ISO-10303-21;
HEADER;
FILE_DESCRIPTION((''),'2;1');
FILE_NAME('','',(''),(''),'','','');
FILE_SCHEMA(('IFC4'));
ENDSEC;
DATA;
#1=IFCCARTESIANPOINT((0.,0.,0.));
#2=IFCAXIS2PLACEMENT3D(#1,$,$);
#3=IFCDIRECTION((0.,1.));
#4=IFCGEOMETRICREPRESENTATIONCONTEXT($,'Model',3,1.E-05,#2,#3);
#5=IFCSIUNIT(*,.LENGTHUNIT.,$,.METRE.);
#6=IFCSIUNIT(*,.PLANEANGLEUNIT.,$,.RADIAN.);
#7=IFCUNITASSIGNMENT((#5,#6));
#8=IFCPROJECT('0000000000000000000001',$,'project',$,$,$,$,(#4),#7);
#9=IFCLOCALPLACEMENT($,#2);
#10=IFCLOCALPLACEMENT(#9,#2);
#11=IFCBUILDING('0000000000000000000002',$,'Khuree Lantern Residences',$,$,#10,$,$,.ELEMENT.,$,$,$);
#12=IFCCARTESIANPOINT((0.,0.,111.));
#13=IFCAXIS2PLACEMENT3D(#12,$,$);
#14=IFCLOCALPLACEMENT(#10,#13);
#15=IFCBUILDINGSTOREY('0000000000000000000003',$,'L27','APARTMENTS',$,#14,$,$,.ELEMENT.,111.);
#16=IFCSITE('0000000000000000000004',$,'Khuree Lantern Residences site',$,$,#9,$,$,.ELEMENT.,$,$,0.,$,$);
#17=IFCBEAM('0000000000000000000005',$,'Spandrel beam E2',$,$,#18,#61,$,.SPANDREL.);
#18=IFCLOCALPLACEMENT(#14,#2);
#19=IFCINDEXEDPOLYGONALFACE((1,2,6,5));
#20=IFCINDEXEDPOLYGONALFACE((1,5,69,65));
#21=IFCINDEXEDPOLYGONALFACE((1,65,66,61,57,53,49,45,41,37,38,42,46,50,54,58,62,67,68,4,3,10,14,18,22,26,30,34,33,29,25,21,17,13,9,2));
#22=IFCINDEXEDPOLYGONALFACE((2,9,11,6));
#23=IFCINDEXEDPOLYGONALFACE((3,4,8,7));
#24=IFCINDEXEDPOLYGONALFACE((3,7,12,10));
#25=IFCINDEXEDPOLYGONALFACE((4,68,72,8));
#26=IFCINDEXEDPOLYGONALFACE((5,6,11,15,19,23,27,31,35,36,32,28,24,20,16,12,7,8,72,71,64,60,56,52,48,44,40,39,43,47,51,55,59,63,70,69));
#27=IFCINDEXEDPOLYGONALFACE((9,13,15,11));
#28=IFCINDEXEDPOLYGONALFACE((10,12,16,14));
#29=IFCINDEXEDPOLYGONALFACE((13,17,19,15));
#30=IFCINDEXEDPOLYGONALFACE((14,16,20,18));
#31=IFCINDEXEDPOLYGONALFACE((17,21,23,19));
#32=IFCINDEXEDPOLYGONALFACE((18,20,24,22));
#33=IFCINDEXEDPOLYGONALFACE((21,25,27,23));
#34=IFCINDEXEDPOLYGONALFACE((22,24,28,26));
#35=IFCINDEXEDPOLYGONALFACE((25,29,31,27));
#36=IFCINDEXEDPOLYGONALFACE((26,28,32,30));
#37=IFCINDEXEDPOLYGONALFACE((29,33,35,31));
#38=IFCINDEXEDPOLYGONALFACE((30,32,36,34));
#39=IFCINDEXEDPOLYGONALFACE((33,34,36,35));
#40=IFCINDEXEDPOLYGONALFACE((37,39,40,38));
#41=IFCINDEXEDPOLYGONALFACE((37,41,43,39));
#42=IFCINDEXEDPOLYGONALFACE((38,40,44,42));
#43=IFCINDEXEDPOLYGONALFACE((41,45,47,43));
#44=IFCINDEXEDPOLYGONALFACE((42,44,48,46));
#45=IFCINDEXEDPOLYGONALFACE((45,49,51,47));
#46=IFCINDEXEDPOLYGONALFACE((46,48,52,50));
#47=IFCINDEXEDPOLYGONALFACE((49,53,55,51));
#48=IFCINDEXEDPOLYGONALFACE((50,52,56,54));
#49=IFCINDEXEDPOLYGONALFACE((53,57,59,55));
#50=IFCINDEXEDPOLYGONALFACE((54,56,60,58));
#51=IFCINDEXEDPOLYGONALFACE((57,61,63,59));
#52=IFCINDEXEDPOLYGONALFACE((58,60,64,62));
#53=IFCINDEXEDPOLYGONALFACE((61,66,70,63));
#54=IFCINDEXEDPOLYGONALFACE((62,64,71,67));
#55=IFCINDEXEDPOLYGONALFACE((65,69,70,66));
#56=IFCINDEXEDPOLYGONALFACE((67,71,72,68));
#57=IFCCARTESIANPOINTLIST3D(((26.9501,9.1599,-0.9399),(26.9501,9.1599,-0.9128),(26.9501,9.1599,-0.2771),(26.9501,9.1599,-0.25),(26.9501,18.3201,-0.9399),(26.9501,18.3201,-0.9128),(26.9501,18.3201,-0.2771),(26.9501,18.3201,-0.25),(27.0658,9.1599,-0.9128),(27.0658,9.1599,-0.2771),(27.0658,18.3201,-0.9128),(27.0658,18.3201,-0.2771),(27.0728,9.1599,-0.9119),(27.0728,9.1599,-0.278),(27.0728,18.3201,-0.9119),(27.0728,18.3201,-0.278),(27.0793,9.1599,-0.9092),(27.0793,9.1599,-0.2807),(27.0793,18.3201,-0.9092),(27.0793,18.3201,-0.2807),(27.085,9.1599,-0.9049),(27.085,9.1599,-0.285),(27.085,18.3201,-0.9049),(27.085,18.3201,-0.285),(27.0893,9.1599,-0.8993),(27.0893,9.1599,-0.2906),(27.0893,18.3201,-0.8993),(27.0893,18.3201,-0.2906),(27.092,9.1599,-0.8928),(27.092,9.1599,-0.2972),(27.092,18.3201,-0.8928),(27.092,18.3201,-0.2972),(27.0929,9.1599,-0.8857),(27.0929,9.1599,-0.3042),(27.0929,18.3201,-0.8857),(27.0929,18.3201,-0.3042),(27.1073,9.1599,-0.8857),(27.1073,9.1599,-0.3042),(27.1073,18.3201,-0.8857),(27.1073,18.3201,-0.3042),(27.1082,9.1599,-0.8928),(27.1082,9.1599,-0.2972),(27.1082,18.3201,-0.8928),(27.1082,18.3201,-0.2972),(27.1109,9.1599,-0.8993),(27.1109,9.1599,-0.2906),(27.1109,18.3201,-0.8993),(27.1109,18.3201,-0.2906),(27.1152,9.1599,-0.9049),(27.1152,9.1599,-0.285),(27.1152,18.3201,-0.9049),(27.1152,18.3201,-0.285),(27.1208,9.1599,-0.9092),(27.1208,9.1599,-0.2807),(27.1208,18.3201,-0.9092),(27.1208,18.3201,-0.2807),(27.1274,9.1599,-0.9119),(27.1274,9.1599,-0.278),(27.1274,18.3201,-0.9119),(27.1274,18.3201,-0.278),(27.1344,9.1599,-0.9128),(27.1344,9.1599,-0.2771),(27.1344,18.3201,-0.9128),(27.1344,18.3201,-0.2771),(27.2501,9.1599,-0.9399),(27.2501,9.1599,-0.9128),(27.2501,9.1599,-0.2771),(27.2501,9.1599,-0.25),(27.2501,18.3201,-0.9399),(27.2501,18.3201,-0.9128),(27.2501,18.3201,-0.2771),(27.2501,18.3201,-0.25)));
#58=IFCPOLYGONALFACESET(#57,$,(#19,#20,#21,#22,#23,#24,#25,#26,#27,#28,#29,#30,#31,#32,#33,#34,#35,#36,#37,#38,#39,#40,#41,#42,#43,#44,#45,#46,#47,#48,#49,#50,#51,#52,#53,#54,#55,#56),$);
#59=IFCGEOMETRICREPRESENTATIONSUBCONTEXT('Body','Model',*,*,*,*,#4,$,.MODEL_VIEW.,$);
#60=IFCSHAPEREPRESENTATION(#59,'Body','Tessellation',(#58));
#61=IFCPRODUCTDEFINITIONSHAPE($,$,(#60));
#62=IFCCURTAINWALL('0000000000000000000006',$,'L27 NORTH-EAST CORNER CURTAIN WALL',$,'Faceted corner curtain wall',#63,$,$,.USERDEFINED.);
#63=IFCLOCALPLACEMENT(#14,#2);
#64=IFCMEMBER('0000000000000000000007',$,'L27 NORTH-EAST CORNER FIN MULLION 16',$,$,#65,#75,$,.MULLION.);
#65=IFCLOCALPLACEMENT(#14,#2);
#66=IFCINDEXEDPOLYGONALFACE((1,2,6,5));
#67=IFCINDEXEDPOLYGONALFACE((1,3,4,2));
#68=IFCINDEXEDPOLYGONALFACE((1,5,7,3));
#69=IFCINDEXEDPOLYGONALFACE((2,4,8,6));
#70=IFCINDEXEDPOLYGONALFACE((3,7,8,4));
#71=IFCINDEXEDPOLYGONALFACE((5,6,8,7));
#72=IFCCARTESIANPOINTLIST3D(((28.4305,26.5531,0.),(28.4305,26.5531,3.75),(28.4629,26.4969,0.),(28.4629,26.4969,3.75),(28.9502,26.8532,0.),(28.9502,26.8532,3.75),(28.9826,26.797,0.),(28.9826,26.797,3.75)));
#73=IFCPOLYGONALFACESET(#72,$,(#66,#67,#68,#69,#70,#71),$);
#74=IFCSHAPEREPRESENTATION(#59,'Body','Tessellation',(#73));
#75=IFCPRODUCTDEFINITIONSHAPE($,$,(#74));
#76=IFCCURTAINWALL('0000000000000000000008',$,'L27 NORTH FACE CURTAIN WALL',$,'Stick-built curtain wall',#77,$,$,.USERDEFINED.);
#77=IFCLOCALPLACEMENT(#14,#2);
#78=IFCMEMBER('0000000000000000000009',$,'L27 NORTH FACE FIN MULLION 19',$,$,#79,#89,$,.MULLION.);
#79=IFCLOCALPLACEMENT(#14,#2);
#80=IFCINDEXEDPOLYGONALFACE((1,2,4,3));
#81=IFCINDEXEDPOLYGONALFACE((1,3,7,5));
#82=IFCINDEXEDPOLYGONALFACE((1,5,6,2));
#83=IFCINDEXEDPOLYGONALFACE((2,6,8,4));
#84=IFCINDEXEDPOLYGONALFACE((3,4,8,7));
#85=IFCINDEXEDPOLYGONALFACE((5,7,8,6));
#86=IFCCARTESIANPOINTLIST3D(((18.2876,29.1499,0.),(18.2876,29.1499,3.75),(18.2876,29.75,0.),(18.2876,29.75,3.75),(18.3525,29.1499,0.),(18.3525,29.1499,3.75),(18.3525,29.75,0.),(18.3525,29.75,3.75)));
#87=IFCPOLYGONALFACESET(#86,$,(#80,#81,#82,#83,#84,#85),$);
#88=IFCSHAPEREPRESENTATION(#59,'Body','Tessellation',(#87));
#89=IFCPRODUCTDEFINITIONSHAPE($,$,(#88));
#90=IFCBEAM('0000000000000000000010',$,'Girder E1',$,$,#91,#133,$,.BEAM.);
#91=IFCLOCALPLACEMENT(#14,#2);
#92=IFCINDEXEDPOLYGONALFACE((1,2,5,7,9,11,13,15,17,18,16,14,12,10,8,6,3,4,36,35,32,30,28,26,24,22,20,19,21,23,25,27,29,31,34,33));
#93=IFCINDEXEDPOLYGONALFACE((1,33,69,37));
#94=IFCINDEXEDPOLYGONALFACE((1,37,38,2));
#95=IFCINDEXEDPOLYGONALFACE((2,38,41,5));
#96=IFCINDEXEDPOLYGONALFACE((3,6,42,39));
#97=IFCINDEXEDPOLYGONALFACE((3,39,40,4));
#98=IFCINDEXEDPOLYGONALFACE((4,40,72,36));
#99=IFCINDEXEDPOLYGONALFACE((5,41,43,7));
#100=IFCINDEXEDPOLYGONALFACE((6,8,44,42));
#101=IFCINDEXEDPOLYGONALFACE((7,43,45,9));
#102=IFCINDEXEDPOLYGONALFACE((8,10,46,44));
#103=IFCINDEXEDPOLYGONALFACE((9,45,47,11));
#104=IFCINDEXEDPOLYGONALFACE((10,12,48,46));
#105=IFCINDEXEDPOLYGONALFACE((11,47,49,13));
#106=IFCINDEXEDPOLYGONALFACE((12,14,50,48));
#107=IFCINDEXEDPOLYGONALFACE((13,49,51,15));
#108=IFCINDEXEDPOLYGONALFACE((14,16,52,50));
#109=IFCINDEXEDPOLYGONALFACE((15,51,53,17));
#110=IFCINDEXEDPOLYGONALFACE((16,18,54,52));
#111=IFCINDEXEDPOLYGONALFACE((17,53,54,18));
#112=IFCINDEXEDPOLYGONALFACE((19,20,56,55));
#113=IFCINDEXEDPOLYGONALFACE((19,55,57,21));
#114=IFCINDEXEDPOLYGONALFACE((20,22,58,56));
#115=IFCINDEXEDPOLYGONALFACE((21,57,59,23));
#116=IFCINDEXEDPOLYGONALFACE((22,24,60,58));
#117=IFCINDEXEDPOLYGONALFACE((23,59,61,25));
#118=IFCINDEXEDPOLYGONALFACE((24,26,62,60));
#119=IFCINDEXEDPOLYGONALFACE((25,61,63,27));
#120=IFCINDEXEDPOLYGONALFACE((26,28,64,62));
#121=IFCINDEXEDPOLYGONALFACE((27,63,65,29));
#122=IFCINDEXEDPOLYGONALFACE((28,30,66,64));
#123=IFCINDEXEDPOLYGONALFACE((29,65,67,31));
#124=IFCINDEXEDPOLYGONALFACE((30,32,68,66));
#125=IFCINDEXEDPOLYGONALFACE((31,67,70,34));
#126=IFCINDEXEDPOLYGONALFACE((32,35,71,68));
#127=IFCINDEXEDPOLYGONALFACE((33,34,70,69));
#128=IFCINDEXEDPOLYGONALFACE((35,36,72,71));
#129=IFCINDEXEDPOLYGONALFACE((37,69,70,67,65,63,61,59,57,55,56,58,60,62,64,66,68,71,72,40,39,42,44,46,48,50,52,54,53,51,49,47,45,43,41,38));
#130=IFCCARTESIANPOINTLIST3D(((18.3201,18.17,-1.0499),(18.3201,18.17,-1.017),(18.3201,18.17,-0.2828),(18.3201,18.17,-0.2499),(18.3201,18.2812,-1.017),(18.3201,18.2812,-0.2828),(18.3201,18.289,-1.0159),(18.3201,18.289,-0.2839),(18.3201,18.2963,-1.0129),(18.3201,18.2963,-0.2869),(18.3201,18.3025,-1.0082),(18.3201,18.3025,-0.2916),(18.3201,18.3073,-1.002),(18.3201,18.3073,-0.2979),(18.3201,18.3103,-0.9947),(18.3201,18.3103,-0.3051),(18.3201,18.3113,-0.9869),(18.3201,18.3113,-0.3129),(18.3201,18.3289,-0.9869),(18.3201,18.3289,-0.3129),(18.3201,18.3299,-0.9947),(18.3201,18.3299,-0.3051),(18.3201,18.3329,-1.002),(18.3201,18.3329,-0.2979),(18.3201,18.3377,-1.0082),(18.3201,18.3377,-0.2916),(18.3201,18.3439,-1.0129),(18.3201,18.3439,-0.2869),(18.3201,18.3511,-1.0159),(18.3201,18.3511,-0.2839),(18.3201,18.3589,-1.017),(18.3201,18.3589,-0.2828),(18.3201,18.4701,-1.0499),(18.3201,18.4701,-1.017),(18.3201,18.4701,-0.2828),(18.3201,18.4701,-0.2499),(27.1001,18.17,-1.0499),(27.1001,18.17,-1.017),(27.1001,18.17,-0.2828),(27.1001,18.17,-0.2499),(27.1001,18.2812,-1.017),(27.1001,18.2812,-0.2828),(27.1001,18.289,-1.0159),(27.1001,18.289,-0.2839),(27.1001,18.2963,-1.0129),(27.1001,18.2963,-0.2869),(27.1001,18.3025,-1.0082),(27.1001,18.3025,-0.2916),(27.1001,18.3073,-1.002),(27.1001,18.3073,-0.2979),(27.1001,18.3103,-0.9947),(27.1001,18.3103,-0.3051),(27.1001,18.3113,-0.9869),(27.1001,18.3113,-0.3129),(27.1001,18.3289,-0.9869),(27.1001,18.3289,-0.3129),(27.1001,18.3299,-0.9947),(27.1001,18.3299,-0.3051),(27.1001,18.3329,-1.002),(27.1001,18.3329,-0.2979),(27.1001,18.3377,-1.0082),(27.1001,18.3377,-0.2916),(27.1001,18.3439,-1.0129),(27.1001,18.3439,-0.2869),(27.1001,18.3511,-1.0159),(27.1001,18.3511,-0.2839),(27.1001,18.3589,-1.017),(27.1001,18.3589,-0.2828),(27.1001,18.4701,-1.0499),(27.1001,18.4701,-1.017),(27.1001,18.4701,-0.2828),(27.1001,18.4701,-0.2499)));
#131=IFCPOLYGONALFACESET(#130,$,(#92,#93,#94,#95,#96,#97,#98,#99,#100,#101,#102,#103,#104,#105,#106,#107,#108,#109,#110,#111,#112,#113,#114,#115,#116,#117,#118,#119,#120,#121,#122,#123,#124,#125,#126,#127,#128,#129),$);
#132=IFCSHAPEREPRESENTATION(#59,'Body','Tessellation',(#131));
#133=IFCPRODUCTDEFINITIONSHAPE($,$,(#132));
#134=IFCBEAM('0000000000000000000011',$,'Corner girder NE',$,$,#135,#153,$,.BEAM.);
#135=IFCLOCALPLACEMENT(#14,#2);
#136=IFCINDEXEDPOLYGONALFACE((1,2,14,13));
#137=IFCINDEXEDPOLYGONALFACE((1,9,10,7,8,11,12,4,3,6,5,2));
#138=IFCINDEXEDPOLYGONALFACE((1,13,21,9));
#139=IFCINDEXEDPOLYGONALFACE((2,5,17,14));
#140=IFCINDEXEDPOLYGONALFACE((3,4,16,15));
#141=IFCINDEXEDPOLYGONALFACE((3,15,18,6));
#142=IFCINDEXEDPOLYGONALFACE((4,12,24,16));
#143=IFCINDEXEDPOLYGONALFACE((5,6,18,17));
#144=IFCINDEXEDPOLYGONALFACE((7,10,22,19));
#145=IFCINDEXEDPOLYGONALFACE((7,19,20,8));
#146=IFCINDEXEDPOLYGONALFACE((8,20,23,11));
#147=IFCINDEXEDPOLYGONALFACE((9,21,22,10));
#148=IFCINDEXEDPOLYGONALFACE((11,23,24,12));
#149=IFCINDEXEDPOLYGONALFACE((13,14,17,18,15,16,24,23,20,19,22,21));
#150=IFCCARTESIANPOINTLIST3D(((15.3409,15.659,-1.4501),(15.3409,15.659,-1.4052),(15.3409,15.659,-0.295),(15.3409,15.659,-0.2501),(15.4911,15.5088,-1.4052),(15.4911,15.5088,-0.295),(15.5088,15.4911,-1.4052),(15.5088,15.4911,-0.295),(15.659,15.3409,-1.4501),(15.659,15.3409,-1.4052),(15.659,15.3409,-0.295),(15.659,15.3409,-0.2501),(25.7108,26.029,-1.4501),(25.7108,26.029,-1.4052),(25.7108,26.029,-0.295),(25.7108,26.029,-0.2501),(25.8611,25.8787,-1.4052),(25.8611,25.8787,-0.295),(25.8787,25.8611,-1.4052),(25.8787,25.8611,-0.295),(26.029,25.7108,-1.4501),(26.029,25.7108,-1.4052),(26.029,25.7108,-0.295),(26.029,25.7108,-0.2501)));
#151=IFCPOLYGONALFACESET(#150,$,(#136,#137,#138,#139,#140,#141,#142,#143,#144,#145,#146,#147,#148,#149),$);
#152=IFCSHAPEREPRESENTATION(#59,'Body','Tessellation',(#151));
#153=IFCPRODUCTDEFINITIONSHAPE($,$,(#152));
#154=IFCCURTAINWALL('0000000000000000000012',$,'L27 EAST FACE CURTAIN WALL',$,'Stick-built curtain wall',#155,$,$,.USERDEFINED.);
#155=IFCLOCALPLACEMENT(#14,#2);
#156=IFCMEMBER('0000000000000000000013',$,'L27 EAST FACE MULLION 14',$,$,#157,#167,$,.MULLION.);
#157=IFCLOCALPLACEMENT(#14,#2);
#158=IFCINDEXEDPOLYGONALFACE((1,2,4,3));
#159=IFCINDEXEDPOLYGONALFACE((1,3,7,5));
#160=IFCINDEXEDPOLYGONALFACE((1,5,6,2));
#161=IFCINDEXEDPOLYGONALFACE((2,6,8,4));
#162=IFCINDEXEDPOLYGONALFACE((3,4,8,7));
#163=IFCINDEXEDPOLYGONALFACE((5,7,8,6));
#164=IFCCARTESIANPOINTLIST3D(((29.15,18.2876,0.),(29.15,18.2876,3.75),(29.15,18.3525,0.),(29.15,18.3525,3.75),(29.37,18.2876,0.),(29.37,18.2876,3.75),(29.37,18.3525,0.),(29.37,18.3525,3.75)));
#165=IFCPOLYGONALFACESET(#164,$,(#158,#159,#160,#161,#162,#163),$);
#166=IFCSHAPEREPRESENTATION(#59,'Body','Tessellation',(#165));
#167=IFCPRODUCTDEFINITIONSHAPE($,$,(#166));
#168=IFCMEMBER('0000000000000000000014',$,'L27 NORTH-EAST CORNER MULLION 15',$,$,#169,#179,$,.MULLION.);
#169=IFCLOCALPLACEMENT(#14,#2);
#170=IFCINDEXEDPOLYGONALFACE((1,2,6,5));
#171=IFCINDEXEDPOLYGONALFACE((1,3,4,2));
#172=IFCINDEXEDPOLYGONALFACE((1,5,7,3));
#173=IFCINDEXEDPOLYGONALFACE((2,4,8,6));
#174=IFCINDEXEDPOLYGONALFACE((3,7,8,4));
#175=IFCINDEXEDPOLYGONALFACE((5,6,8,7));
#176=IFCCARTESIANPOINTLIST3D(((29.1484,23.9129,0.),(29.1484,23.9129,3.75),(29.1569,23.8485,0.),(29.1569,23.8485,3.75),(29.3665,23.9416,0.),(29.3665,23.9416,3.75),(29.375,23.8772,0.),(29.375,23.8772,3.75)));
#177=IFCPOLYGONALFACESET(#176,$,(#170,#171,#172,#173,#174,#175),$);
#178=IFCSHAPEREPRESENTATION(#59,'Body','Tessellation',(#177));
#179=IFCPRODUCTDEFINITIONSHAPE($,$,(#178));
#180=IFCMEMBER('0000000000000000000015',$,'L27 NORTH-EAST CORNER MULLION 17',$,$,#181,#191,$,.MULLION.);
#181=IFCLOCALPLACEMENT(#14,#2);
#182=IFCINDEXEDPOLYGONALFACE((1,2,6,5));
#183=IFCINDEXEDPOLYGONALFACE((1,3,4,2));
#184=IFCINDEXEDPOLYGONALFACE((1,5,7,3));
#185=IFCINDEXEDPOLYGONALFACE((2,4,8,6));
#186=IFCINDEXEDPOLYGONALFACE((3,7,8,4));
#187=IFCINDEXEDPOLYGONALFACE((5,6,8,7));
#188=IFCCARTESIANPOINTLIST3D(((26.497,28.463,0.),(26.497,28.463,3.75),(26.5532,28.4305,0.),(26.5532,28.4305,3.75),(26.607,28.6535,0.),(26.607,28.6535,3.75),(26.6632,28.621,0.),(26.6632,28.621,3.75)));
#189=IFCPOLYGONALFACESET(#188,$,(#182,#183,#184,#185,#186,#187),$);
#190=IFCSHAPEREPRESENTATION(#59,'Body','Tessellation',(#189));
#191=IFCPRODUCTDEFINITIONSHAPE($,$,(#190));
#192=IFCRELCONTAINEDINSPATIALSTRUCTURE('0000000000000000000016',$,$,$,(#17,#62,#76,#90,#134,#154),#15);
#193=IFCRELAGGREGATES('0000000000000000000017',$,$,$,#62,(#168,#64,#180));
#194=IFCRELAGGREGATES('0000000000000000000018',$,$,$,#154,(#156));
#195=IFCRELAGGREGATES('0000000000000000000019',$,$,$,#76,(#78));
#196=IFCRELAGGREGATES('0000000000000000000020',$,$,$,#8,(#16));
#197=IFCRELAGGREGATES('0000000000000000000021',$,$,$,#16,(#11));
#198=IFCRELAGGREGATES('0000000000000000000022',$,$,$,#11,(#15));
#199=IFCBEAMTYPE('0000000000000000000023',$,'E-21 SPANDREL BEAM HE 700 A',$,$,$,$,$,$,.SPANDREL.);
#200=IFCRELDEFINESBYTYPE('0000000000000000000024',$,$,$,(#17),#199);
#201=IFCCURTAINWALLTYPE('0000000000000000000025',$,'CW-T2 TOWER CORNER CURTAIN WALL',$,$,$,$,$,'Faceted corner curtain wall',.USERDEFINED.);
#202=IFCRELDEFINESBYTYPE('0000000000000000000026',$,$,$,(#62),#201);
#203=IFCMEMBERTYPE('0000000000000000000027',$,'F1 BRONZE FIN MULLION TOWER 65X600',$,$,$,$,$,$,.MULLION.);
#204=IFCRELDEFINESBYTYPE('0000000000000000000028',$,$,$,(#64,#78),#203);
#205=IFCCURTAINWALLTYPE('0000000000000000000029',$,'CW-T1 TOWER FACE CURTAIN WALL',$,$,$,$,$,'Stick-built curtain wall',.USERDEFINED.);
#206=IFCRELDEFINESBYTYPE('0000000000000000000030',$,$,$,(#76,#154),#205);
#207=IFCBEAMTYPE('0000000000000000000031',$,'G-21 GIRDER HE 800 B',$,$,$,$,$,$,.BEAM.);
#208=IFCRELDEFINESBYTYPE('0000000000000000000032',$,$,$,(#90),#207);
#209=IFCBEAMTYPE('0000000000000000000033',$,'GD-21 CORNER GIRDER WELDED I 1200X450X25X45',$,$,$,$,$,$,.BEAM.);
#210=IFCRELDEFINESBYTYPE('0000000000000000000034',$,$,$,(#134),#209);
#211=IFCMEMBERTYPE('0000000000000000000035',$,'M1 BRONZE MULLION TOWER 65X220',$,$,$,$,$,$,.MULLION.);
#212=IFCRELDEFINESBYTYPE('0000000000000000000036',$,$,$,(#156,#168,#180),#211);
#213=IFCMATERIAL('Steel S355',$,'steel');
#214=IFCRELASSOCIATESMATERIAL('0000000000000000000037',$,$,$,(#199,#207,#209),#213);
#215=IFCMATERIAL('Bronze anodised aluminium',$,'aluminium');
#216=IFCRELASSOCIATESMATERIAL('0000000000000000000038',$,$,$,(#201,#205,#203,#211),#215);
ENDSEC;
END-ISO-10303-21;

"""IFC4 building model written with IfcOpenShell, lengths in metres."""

from ifc_helpers import new_model, si_unit, direction, frame, origin, origin_2d, place, context, subcontext, project, spatial, rectangle, i_section, extrude, material, material_profile, profile_set, type_object, element, aggregate, save


model = new_model("IFC4")

# Units and contexts
model_context = context("Model", 3, precision=1e-05, world=origin(), true_north=direction((0.0, 1.0)))
body_context = subcontext(model_context, "Body", "Model", "MODEL_VIEW")
ifc_project = project(units=[si_unit("LENGTHUNIT", "METRE"), si_unit("PLANEANGLEUNIT", "RADIAN")], contexts=[model_context])

# Site, building, storey
site_placement = place(None, origin())
site = spatial("IfcSite", under=ifc_project, at=site_placement, Name="Khuree Lantern Residences site", CompositionType="ELEMENT", RefElevation=0.0)
building_placement = place(site_placement, origin())
building = spatial("IfcBuilding", under=site, at=building_placement, Name="Khuree Lantern Residences", CompositionType="ELEMENT")
storey_placement = place(building_placement, frame((0.0, 0.0, 111.0)))
storey = spatial("IfcBuildingStorey", under=building, at=storey_placement, Name="L27", Description="APARTMENTS", CompositionType="ELEMENT", Elevation=111.0)

# Beam
ifc_material_1 = material(Name="Steel S355", Category="steel")
ifc_material_profile_1 = material_profile(ifc_material_1, i_section(OverallWidth=0.3, OverallDepth=0.6899, WebThickness=0.0144, FlangeThickness=0.0271, FilletRadius=0.0271, at=origin_2d()), Name="HE 700 A")
ifc_profile_set_1 = profile_set([ifc_material_profile_1], Name="Steel S355")
beam_type_1 = type_object("IfcBeamType", Name="E-21 SPANDREL BEAM HE 700 A", PredefinedType="SPANDREL", material=ifc_profile_set_1)
beam_1_placement = place(storey_placement, frame((27.1001, 18.3201, -0.595), z_axis=(0.0, -1.0, 0.0), x_axis=(1.0, 0.0, 0.0)))
element("IfcBeam", 1, at=beam_1_placement, inside=storey, type_object=beam_type_1, Name="Spandrel beam E2", PredefinedType="SPANDREL", context=body_context, shape_type="SweptSolid", body=[
    extrude(i_section(OverallWidth=0.3, OverallDepth=0.6899, WebThickness=0.0144, FlangeThickness=0.0271, FilletRadius=0.0271, at=origin_2d()), origin(), (0.0, 0.0, 1.0), 9.1602),
])

# Curtain walls, members
ifc_material_2 = material(Name="Bronze anodised aluminium", Category="aluminium")
curtain_wall_type_1 = type_object("IfcCurtainWallType", Name="CW-T2 TOWER CORNER CURTAIN WALL", ElementType="Faceted corner curtain wall", PredefinedType="USERDEFINED", material=ifc_material_2)
curtain_wall_1_placement = place(storey_placement, origin())
curtain_wall_1 = element("IfcCurtainWall", 2, at=curtain_wall_1_placement, inside=storey, type_object=curtain_wall_type_1, Name="L27 NORTH-EAST CORNER CURTAIN WALL", ObjectType="Faceted corner curtain wall", PredefinedType="USERDEFINED")
ifc_material_profile_2 = material_profile(ifc_material_2, rectangle(XDim=0.0649, YDim=0.6001, at=origin_2d()), Name="F1 65X600")
ifc_profile_set_2 = profile_set([ifc_material_profile_2], Name="Bronze anodised aluminium")
member_type_1 = type_object("IfcMemberType", Name="F1 BRONZE FIN MULLION TOWER 65X600", PredefinedType="MULLION", material=ifc_profile_set_2)
member_1_placement = place(storey_placement, frame((28.7065, 26.675, 0.0), z_axis=(0.0, 0.0, 1.0), x_axis=(-0.5, 0.866025, 0.0)))
member_1 = element("IfcMember", 3, at=member_1_placement, type_object=member_type_1, Name="L27 NORTH-EAST CORNER FIN MULLION 16", PredefinedType="MULLION", context=body_context, shape_type="SweptSolid", body=[
    extrude(rectangle(XDim=0.0649, YDim=0.6001, at=origin_2d()), origin(), (0.0, 0.0, 1.0), 3.75),
])
curtain_wall_type_2 = type_object("IfcCurtainWallType", Name="CW-T1 TOWER FACE CURTAIN WALL", ElementType="Stick-built curtain wall", PredefinedType="USERDEFINED", material=ifc_material_2)
curtain_wall_2_placement = place(storey_placement, origin())
curtain_wall_2 = element("IfcCurtainWall", 4, at=curtain_wall_2_placement, inside=storey, type_object=curtain_wall_type_2, Name="L27 NORTH FACE CURTAIN WALL", ObjectType="Stick-built curtain wall", PredefinedType="USERDEFINED")
member_2_placement = place(storey_placement, frame((18.3201, 29.45, 0.0), z_axis=(0.0, 0.0, 1.0), x_axis=(-1.0, 0.0, 0.0)))
member_2 = element("IfcMember", 5, at=member_2_placement, type_object=member_type_1, Name="L27 NORTH FACE FIN MULLION 19", PredefinedType="MULLION", context=body_context, shape_type="SweptSolid", body=[
    extrude(rectangle(XDim=0.0649, YDim=0.6001, at=origin_2d()), origin(), (0.0, 0.0, 1.0), 3.75),
])

# Beams
ifc_material_profile_3 = material_profile(ifc_material_1, i_section(OverallWidth=0.3, OverallDepth=0.8, WebThickness=0.0176, FlangeThickness=0.033, FilletRadius=0.03, at=origin_2d()), Name="HE 800 B")
ifc_profile_set_3 = profile_set([ifc_material_profile_3], Name="Steel S355")
beam_type_2 = type_object("IfcBeamType", Name="G-21 GIRDER HE 800 B", PredefinedType="BEAM", material=ifc_profile_set_3)
beam_2_placement = place(storey_placement, frame((27.1001, 18.3201, -0.6499), z_axis=(-1.0, 0.0, 0.0), x_axis=(0.0, -1.0, 0.0)))
element("IfcBeam", 6, at=beam_2_placement, inside=storey, type_object=beam_type_2, Name="Girder E1", PredefinedType="BEAM", context=body_context, shape_type="SweptSolid", body=[
    extrude(i_section(OverallWidth=0.3, OverallDepth=0.8, WebThickness=0.0176, FlangeThickness=0.033, FilletRadius=0.03, at=origin_2d()), origin(), (0.0, 0.0, 1.0), 8.78),
])
ifc_material_profile_4 = material_profile(ifc_material_1, i_section(OverallWidth=0.45, OverallDepth=1.2, WebThickness=0.0249, FlangeThickness=0.0449, at=origin_2d()), Name="WELDED I 1200X450X25X45")
ifc_profile_set_4 = profile_set([ifc_material_profile_4], Name="Steel S355")
beam_type_3 = type_object("IfcBeamType", Name="GD-21 CORNER GIRDER WELDED I 1200X450X25X45", PredefinedType="BEAM", material=ifc_profile_set_4)
beam_3_placement = place(storey_placement, frame((25.8699, 25.8699, -0.8501), z_axis=(-0.707107, -0.707107, 0.0), x_axis=(0.707107, -0.707107, 0.0)))
element("IfcBeam", 7, at=beam_3_placement, inside=storey, type_object=beam_type_3, Name="Corner girder NE", PredefinedType="BEAM", context=body_context, shape_type="SweptSolid", body=[
    extrude(i_section(OverallWidth=0.45, OverallDepth=1.2, WebThickness=0.0249, FlangeThickness=0.0449, at=origin_2d()), origin(), (0.0, 0.0, 1.0), 14.6653),
])

# Curtain wall, member
curtain_wall_3_placement = place(storey_placement, origin())
curtain_wall_3 = element("IfcCurtainWall", 8, at=curtain_wall_3_placement, inside=storey, type_object=curtain_wall_type_2, Name="L27 EAST FACE CURTAIN WALL", ObjectType="Stick-built curtain wall", PredefinedType="USERDEFINED")
ifc_material_profile_5 = material_profile(ifc_material_2, rectangle(XDim=0.0649, YDim=0.22, at=origin_2d()), Name="M1 65X220")
ifc_profile_set_5 = profile_set([ifc_material_profile_5], Name="Bronze anodised aluminium")
member_type_2 = type_object("IfcMemberType", Name="M1 BRONZE MULLION TOWER 65X220", PredefinedType="MULLION", material=ifc_profile_set_5)
member_3_placement = place(storey_placement, frame((29.26, 18.3201, 0.0), z_axis=(0.0, 0.0, 1.0), x_axis=(0.0, 1.0, 0.0)))
member_3 = element("IfcMember", 9, at=member_3_placement, type_object=member_type_2, Name="L27 EAST FACE MULLION 14", PredefinedType="MULLION", context=body_context, shape_type="SweptSolid", body=[
    extrude(rectangle(XDim=0.0649, YDim=0.22, at=origin_2d()), origin(), (0.0, 0.0, 1.0), 3.75),
])

# Members
member_4_placement = place(storey_placement, frame((29.2617, 23.895, 0.0), z_axis=(0.0, 0.0, 1.0), x_axis=(-0.130526, 0.991445, 0.0)))
member_4 = element("IfcMember", 10, at=member_4_placement, type_object=member_type_2, Name="L27 NORTH-EAST CORNER MULLION 15", PredefinedType="MULLION", context=body_context, shape_type="SweptSolid", body=[
    extrude(rectangle(XDim=0.0649, YDim=0.22, at=origin_2d()), origin(), (0.0, 0.0, 1.0), 3.75),
])
member_5_placement = place(storey_placement, frame((26.5801, 28.542, 0.0), z_axis=(0.0, 0.0, 1.0), x_axis=(-0.866025, 0.5, 0.0)))
member_5 = element("IfcMember", 11, at=member_5_placement, type_object=member_type_2, Name="L27 NORTH-EAST CORNER MULLION 17", PredefinedType="MULLION", context=body_context, shape_type="SweptSolid", body=[
    extrude(rectangle(XDim=0.0649, YDim=0.22, at=origin_2d()), origin(), (0.0, 0.0, 1.0), 3.75),
])

aggregate(curtain_wall_1, [member_4, member_1, member_5])
aggregate(curtain_wall_3, [member_3])
aggregate(curtain_wall_2, [member_2])

save(model, "model.ifc")
